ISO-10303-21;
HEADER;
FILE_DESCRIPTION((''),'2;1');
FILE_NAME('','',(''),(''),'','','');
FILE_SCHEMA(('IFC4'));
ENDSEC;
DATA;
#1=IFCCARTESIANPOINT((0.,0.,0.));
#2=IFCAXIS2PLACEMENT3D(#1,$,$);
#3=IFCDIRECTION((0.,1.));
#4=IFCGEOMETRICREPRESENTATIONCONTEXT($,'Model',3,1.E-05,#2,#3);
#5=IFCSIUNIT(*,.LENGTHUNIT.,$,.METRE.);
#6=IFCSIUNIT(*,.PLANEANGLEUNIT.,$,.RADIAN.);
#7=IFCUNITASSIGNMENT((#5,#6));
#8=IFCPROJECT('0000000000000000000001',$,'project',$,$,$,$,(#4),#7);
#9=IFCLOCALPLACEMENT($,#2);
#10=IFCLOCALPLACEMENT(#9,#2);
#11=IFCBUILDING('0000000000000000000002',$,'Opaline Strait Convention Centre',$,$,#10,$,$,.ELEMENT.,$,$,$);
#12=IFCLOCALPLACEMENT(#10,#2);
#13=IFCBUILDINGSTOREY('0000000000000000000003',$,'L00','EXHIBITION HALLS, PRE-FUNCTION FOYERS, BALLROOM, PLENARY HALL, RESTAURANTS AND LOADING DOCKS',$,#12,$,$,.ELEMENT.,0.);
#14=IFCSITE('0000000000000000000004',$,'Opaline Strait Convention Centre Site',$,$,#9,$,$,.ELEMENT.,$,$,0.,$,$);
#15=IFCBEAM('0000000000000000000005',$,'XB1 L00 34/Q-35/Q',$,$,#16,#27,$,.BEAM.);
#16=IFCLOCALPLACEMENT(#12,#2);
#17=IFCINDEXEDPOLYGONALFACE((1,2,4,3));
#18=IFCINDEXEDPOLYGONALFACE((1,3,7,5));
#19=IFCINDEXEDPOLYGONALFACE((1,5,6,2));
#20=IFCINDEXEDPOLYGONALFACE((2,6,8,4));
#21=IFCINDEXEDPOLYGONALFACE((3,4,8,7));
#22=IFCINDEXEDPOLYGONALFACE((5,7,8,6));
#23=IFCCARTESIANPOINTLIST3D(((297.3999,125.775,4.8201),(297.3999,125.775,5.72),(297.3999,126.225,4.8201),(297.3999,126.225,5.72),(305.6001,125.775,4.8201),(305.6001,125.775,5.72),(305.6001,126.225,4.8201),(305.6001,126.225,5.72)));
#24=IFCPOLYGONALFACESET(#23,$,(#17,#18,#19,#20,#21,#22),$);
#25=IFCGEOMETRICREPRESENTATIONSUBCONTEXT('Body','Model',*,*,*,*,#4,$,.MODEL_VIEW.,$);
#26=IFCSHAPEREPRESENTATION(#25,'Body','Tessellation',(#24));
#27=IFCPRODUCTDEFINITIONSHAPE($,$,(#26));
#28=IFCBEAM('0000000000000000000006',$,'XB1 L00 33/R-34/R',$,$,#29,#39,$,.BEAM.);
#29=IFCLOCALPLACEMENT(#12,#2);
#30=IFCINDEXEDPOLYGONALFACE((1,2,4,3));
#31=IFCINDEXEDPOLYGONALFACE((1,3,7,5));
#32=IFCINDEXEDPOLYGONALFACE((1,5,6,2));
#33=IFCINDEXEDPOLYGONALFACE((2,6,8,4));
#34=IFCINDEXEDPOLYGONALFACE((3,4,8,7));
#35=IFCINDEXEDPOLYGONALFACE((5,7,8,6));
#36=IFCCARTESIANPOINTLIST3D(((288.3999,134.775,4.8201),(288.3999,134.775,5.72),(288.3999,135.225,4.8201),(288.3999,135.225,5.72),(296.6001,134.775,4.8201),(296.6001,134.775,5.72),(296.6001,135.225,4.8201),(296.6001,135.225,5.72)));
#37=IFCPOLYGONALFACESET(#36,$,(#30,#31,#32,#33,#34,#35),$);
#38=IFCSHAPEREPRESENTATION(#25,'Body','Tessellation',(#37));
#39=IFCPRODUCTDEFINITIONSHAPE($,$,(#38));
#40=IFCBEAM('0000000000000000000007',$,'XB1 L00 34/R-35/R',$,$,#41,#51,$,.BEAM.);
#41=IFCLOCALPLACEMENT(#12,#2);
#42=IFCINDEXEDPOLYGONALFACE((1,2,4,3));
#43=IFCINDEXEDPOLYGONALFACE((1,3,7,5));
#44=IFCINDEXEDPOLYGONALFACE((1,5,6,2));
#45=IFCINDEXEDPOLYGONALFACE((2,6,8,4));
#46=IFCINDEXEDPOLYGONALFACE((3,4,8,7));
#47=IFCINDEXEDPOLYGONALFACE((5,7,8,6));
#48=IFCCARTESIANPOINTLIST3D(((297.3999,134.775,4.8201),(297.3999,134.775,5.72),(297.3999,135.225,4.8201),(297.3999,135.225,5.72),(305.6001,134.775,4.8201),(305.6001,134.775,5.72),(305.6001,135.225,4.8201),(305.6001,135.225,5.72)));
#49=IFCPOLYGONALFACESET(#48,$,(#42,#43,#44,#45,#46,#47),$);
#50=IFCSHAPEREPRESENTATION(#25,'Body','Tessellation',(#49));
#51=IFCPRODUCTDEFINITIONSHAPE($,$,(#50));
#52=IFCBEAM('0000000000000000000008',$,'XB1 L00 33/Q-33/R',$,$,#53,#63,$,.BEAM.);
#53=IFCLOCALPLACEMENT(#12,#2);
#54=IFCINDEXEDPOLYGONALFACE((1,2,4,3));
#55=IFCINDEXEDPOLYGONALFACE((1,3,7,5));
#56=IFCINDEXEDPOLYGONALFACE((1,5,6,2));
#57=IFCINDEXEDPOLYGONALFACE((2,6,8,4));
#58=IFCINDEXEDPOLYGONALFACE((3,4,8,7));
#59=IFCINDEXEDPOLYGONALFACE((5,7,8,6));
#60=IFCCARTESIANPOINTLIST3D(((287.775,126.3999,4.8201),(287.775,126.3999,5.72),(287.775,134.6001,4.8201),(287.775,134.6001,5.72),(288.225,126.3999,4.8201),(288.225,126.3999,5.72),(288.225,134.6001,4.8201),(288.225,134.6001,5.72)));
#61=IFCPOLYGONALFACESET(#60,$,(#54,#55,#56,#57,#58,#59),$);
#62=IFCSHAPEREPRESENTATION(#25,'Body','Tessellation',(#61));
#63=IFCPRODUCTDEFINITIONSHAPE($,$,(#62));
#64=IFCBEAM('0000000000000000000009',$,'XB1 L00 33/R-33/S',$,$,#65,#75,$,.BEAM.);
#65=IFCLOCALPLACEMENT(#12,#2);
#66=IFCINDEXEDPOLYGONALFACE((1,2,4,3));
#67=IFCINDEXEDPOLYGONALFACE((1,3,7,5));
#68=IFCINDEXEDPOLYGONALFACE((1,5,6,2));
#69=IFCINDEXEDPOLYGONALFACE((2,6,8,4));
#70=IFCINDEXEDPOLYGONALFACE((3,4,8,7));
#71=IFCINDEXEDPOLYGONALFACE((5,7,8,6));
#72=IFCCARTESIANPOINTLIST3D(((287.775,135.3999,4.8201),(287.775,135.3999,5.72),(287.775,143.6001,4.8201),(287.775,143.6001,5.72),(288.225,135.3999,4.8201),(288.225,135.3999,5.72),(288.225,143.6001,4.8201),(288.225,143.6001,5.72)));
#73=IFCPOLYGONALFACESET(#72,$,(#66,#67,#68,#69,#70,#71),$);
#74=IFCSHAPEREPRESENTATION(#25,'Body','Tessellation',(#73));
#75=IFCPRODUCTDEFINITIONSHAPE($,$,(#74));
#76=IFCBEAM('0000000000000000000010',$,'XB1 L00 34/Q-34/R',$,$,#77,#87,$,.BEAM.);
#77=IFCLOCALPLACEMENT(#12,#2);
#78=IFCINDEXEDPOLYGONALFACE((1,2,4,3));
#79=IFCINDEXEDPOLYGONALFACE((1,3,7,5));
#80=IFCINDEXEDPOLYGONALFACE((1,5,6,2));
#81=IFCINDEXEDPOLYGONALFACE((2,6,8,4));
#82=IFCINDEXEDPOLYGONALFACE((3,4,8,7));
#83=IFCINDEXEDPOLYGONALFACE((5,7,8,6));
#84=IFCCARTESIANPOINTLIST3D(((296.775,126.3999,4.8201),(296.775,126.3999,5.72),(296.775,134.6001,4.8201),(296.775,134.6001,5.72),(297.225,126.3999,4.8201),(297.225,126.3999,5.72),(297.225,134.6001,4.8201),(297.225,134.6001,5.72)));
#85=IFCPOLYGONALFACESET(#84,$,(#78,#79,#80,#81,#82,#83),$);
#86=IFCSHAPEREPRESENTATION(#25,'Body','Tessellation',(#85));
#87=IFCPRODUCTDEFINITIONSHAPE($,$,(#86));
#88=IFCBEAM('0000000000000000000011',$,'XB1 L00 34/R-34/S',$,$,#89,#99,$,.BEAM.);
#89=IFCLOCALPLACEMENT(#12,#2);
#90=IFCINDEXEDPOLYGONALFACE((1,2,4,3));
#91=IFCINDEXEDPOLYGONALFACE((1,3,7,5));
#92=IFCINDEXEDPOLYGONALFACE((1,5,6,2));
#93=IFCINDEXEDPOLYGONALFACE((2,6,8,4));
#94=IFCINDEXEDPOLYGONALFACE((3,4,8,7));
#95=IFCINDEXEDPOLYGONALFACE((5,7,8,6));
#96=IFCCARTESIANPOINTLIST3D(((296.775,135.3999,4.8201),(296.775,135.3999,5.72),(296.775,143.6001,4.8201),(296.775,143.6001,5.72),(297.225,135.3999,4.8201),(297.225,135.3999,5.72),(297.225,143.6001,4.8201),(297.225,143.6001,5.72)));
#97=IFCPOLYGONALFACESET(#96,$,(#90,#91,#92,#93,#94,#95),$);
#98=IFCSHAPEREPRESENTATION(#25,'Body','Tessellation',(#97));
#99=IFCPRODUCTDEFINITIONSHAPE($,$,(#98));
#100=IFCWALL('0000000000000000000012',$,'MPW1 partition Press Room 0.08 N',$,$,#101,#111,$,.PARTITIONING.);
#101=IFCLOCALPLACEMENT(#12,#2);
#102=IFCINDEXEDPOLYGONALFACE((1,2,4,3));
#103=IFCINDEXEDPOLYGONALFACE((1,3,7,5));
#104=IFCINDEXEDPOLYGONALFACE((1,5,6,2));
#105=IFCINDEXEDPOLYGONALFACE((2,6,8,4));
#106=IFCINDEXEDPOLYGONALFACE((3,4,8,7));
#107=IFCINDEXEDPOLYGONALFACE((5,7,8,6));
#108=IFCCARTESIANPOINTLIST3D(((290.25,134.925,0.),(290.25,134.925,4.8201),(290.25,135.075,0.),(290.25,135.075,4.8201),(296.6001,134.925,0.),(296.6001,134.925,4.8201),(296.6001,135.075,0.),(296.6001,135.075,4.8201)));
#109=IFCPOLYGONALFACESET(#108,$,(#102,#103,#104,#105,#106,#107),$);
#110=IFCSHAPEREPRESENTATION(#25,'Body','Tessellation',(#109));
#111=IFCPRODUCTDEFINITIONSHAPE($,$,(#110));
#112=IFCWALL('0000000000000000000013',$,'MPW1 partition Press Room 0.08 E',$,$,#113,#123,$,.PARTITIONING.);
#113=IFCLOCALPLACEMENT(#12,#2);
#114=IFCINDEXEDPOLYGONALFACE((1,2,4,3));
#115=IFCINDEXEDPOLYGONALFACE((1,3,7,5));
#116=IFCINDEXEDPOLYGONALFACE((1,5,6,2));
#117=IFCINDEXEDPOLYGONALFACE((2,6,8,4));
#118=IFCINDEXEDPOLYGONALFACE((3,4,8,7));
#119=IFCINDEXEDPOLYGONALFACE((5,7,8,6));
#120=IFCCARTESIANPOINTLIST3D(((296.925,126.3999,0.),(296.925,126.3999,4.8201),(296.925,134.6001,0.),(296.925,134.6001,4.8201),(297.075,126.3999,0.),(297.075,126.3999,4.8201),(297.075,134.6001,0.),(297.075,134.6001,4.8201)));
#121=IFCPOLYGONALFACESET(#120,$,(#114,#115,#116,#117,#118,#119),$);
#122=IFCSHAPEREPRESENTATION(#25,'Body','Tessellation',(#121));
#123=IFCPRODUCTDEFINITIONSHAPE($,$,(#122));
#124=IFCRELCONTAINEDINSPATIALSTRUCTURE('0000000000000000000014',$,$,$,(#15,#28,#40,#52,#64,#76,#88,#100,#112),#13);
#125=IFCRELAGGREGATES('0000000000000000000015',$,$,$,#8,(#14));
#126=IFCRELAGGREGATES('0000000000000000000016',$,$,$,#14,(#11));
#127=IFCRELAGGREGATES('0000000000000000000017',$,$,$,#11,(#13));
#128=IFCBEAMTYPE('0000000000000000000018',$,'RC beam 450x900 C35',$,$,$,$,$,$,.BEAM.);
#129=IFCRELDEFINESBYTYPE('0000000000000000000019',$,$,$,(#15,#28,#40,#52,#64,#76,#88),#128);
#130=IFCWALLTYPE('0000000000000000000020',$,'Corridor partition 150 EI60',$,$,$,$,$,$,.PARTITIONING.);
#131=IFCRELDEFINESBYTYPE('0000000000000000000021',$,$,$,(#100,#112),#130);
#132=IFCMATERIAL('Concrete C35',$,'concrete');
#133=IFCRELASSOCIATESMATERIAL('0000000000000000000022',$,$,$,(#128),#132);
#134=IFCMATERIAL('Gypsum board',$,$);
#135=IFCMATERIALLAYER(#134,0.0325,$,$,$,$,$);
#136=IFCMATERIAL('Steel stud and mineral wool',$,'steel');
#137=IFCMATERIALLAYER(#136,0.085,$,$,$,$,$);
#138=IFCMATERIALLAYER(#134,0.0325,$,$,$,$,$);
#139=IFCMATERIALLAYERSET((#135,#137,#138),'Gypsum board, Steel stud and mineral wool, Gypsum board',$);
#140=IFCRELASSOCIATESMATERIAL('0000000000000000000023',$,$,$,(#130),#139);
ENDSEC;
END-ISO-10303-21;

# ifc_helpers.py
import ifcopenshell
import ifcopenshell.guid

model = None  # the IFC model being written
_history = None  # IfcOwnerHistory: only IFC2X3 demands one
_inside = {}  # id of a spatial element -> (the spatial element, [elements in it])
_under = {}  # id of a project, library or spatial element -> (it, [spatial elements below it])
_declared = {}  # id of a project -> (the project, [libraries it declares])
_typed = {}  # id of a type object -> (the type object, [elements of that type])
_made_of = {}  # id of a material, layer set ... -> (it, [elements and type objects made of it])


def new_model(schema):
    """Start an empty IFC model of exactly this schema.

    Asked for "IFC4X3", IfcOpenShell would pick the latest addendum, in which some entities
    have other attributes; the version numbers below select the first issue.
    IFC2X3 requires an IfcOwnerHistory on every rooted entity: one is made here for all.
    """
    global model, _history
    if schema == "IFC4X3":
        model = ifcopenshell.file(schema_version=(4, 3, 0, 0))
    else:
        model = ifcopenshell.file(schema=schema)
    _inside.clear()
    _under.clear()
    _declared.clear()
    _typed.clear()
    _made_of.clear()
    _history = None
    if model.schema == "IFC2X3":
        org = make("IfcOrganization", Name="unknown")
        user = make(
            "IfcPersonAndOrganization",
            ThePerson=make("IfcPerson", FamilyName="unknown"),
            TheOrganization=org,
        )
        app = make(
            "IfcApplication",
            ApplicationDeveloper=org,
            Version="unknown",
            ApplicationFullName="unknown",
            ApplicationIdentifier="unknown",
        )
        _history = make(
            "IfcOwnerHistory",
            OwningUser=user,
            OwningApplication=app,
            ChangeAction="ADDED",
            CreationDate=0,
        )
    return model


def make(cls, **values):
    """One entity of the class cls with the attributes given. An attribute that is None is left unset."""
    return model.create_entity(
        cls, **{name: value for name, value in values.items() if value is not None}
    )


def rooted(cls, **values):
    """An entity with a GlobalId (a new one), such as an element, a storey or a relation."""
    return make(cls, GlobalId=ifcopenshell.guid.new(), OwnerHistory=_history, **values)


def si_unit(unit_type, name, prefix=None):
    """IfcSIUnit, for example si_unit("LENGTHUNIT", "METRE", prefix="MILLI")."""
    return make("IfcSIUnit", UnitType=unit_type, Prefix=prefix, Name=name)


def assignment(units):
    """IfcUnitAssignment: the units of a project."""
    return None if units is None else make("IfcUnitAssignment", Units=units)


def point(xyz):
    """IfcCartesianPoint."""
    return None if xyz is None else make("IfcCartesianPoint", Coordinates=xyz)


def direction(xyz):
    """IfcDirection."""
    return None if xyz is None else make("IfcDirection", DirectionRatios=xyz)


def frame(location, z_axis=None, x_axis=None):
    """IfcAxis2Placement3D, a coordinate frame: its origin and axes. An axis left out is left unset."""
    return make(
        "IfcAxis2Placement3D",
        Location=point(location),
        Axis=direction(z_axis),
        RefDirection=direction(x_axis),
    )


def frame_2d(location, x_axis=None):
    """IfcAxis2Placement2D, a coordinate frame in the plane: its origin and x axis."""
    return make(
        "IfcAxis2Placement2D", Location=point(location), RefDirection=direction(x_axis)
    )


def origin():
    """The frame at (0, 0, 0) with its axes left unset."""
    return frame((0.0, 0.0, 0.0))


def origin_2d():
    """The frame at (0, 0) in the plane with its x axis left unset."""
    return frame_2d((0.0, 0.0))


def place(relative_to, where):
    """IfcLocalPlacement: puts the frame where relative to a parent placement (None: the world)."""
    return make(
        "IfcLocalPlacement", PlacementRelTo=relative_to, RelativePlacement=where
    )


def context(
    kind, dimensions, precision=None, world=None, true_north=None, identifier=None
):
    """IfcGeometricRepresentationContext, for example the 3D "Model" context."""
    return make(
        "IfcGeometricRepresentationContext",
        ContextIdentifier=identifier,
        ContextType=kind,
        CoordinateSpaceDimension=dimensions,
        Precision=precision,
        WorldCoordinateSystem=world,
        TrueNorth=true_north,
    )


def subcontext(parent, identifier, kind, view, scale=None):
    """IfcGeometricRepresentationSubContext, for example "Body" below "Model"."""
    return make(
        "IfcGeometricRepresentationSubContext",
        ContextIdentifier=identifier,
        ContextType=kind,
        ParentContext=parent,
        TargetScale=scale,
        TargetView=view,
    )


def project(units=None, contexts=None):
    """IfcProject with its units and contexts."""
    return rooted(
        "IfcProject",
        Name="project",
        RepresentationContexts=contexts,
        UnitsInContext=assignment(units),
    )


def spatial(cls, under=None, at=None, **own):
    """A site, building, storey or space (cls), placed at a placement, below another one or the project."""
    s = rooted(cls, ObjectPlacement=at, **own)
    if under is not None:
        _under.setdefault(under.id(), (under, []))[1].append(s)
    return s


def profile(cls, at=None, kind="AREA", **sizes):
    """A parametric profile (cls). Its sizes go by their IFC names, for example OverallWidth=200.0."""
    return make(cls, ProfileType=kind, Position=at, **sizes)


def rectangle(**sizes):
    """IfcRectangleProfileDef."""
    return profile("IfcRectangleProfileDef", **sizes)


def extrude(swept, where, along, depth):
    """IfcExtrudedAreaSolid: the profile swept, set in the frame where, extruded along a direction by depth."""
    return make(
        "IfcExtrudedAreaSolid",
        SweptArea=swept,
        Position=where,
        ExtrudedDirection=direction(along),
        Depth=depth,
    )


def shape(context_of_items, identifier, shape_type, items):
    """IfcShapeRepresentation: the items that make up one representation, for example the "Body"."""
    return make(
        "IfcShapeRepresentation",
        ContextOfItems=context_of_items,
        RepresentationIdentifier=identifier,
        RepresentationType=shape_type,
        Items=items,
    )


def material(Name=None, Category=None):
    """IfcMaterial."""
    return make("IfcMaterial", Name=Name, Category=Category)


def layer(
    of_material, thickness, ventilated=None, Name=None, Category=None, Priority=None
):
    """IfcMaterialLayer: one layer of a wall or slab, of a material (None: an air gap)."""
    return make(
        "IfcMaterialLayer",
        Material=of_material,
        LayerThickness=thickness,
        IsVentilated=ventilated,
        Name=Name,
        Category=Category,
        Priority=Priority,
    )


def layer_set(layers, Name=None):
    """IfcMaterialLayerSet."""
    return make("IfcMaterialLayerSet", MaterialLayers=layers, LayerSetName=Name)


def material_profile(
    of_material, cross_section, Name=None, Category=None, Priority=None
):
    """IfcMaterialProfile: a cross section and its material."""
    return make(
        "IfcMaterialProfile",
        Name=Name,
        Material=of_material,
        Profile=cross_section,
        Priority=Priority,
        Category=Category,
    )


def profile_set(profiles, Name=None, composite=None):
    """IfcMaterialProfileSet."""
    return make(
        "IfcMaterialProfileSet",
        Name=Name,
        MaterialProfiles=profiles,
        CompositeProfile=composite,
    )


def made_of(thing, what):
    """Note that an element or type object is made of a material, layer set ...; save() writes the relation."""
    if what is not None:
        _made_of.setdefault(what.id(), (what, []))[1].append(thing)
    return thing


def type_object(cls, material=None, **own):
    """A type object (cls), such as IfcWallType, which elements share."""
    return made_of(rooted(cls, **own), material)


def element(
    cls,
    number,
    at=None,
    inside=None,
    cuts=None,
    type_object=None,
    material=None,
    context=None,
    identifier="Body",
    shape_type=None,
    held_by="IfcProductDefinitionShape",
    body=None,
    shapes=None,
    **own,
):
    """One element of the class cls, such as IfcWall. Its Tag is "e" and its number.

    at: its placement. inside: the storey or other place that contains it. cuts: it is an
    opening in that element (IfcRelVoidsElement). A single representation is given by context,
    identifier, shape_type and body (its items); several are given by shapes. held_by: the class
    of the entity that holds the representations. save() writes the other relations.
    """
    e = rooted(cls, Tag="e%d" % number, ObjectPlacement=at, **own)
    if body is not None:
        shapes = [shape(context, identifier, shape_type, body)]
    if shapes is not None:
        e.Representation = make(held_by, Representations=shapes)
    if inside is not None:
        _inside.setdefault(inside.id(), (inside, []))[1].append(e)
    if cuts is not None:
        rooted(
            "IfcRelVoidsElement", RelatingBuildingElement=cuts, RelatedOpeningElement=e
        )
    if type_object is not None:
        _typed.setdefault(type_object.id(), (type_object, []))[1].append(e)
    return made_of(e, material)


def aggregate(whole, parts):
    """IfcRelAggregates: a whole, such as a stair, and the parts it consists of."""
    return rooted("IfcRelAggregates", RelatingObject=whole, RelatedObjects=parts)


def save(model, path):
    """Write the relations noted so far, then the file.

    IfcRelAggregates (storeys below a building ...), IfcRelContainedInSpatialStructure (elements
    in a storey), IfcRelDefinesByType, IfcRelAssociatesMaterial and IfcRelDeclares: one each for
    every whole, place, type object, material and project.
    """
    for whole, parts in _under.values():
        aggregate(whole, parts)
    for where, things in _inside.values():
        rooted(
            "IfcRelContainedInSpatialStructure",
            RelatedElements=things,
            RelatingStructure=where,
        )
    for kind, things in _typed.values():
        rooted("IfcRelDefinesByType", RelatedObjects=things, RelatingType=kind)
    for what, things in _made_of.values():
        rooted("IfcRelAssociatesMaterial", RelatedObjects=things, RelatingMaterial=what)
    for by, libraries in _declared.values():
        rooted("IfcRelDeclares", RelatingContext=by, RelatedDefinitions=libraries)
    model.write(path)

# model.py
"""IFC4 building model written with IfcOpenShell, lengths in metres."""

from ifc_helpers import new_model, si_unit, direction, frame, frame_2d, origin, origin_2d, place, context, subcontext, project, spatial, rectangle, extrude, material, layer, layer_set, material_profile, profile_set, type_object, element, save


model = new_model("IFC4")

# Units and contexts
model_context = context("Model", 3, precision=1e-05, world=origin(), true_north=direction((0.0, 1.0)))
body_context = subcontext(model_context, "Body", "Model", "MODEL_VIEW")
ifc_project = project(units=[si_unit("LENGTHUNIT", "METRE"), si_unit("PLANEANGLEUNIT", "RADIAN")], contexts=[model_context])

# Site, building, storey
site_placement = place(None, origin())
site = spatial("IfcSite", under=ifc_project, at=site_placement, Name="Opaline Strait Convention Centre Site", CompositionType="ELEMENT", RefElevation=0.0)
building_placement = place(site_placement, origin())
building = spatial("IfcBuilding", under=site, at=building_placement, Name="Opaline Strait Convention Centre", CompositionType="ELEMENT")
storey_placement = place(building_placement, origin())
storey = spatial("IfcBuildingStorey", under=building, at=storey_placement, Name="L00", Description="EXHIBITION HALLS, PRE-FUNCTION FOYERS, BALLROOM, PLENARY HALL, RESTAURANTS AND LOADING DOCKS", CompositionType="ELEMENT", Elevation=0.0)

# Shared definitions
ifc_material_1 = material(Name="Concrete C35", Category="concrete")

# Beams
ifc_material_profile_1 = material_profile(ifc_material_1, rectangle(XDim=0.45, YDim=0.8999, at=origin_2d()), Name="RC 450x900")
ifc_profile_set_1 = profile_set([ifc_material_profile_1], Name="Concrete C35")
beam_type = type_object("IfcBeamType", Name="RC beam 450x900 C35", PredefinedType="BEAM", material=ifc_profile_set_1)
for number, where, z_axis, x_axis, name in (
    (1, (297.3999, 126.0, 5.27), (1.0, 0.0, 0.0), (0.0, 1.0, 0.0), "XB1 L00 34/Q-35/Q"),
    (2, (288.3999, 135.0, 5.27), (1.0, 0.0, 0.0), (0.0, 1.0, 0.0), "XB1 L00 33/R-34/R"),
    (3, (297.3999, 135.0, 5.27), (1.0, 0.0, 0.0), (0.0, 1.0, 0.0), "XB1 L00 34/R-35/R"),
    (4, (288.0, 126.3999, 5.27), (0.0, 1.0, 0.0), (-1.0, 0.0, 0.0), "XB1 L00 33/Q-33/R"),
    (5, (288.0, 135.3999, 5.27), (0.0, 1.0, 0.0), (-1.0, 0.0, 0.0), "XB1 L00 33/R-33/S"),
    (6, (297.0, 126.3999, 5.27), (0.0, 1.0, 0.0), (-1.0, 0.0, 0.0), "XB1 L00 34/Q-34/R"),
    (7, (297.0, 135.3999, 5.27), (0.0, 1.0, 0.0), (-1.0, 0.0, 0.0), "XB1 L00 34/R-34/S"),
):
    element("IfcBeam", number, at=place(storey_placement, frame(where, z_axis=z_axis, x_axis=x_axis)), inside=storey, type_object=beam_type, Name=name, PredefinedType="BEAM", context=body_context, shape_type="SweptSolid", body=[
        extrude(rectangle(XDim=0.45, YDim=0.8999, at=origin_2d()), origin(), (0.0, 0.0, 1.0), 8.2002),
    ])

# Walls
ifc_material_2 = material(Name="Gypsum board")
ifc_layer_1 = layer(ifc_material_2, 0.0325)
ifc_material_3 = material(Name="Steel stud and mineral wool", Category="steel")
ifc_layer_2 = layer(ifc_material_3, 0.085)
ifc_layer_3 = layer(ifc_material_2, 0.0325)
ifc_layer_set = layer_set([ifc_layer_1, ifc_layer_2, ifc_layer_3], Name="Gypsum board, Steel stud and mineral wool, Gypsum board")
wall_type = type_object("IfcWallType", Name="Corridor partition 150 EI60", PredefinedType="PARTITIONING", material=ifc_layer_set)
wall_1_placement = place(storey_placement, frame((290.25, 135.0, 0.0), z_axis=(0.0, 0.0, 1.0), x_axis=(1.0, 0.0, 0.0)))
element("IfcWall", 8, at=wall_1_placement, inside=storey, type_object=wall_type, Name="MPW1 partition Press Room 0.08 N", PredefinedType="PARTITIONING", context=body_context, shape_type="SweptSolid", body=[
    extrude(rectangle(XDim=6.3501, YDim=0.1499, at=frame_2d((3.175, 0.0))), origin(), (0.0, 0.0, 1.0), 4.8201),
])
wall_2_placement = place(storey_placement, frame((297.0, 126.3999, 0.0), z_axis=(0.0, 0.0, 1.0), x_axis=(0.0, 1.0, 0.0)))
element("IfcWall", 9, at=wall_2_placement, inside=storey, type_object=wall_type, Name="MPW1 partition Press Room 0.08 E", PredefinedType="PARTITIONING", context=body_context, shape_type="SweptSolid", body=[
    extrude(rectangle(XDim=8.2002, YDim=0.1499, at=frame_2d((4.1001, 0.0))), origin(), (0.0, 0.0, 1.0), 4.8201),
])

save(model, "model.ifc")
